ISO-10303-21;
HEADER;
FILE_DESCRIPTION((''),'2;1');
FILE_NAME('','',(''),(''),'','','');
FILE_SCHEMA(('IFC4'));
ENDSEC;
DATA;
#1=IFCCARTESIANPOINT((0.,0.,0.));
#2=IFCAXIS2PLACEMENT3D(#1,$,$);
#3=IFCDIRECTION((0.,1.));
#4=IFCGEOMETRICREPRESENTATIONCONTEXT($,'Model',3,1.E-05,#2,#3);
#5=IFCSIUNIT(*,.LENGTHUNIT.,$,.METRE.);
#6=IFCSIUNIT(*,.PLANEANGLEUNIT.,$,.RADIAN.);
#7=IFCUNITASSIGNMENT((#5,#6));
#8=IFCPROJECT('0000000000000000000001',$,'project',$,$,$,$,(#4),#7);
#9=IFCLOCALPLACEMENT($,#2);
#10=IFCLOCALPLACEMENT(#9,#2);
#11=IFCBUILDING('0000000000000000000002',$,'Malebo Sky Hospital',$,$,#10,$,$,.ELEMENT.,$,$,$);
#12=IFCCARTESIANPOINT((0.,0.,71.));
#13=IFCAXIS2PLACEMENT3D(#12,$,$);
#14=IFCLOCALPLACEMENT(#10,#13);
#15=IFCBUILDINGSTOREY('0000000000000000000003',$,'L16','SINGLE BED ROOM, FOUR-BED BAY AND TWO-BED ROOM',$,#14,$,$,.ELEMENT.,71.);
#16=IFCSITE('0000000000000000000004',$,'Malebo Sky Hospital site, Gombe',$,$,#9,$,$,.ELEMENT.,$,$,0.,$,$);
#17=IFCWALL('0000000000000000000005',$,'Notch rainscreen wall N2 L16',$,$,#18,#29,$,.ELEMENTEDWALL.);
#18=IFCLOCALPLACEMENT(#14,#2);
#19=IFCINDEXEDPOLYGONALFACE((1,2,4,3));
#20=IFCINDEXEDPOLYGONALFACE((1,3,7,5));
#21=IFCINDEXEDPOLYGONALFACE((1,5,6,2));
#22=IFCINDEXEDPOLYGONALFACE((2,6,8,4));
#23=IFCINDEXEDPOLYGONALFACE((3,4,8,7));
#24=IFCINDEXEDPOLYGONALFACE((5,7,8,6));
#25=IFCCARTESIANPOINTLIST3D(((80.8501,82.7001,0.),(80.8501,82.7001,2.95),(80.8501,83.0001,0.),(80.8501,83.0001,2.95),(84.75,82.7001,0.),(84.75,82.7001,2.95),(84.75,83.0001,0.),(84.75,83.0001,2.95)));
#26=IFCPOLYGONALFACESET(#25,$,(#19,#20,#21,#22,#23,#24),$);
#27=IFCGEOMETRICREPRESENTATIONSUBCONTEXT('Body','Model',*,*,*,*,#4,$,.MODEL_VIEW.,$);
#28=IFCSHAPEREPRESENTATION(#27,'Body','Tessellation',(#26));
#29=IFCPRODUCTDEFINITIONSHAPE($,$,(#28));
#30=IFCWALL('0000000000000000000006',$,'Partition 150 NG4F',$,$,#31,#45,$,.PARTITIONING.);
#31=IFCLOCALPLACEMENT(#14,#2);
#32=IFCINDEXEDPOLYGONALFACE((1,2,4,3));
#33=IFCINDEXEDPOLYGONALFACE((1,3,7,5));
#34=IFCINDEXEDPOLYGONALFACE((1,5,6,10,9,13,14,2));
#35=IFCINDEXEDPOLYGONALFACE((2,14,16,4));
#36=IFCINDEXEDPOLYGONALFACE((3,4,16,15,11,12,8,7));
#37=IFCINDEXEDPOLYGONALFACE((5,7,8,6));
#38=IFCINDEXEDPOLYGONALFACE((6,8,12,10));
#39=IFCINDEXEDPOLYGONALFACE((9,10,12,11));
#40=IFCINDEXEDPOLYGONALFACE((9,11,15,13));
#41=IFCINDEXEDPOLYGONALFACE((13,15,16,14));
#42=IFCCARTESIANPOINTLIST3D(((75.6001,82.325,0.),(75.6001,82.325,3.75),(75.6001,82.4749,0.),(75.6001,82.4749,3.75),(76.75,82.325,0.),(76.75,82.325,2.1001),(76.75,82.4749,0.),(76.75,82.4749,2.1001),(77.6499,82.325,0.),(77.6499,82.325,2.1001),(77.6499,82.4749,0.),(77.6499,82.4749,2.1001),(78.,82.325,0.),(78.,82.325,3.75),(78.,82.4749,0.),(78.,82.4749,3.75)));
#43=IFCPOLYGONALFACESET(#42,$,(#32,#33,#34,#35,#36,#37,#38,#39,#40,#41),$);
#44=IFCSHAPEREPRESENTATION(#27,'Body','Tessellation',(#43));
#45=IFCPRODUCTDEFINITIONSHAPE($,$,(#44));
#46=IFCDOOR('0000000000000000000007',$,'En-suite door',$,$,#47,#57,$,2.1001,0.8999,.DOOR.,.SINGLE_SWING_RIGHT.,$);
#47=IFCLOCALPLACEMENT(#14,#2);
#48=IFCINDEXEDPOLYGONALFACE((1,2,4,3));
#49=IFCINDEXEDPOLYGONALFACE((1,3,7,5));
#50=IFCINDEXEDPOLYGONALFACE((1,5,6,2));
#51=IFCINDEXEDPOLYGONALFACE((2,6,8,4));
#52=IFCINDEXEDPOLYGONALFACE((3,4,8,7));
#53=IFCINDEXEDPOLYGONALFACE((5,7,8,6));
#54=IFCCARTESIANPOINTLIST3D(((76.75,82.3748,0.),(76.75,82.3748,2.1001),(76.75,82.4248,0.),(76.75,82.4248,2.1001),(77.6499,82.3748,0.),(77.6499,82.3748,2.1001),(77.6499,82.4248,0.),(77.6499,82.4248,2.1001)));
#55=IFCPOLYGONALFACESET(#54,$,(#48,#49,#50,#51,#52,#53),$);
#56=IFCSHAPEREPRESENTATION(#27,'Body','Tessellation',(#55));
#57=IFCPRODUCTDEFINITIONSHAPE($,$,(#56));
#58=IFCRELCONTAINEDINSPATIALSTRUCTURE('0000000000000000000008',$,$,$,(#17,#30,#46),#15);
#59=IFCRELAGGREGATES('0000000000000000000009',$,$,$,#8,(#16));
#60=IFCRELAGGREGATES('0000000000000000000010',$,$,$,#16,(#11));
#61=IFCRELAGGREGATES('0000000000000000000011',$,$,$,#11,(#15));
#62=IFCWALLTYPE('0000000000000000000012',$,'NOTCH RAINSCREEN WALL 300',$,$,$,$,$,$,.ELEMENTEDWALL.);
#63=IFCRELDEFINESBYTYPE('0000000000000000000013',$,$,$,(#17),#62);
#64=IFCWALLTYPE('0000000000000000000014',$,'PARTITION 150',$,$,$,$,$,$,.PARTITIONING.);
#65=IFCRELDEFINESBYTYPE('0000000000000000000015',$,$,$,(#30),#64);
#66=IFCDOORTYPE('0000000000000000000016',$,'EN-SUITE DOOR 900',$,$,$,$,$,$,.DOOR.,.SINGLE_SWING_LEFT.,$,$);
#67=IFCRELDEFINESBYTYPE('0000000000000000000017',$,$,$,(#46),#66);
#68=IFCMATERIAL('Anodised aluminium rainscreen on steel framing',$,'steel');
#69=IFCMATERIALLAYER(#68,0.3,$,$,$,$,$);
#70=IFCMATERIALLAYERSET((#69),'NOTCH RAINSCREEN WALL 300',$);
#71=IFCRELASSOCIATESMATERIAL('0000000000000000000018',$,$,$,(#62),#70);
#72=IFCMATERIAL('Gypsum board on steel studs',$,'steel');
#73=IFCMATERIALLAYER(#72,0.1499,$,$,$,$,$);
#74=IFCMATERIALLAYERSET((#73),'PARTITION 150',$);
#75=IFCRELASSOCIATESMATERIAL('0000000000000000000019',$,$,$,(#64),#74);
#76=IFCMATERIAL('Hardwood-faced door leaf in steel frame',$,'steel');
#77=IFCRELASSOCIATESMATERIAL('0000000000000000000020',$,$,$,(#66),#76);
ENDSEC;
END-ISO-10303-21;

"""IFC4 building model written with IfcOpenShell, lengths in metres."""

from ifc_helpers import new_model, si_unit, direction, frame, frame_2d, origin, place, context, subcontext, project, spatial, rectangle, extrude, material, layer, layer_set, type_object, element, fill, save


model = new_model("IFC4")

# Units and contexts
model_context = context("Model", 3, precision=1e-05, world=origin(), true_north=direction((0.0, 1.0)))
body_context = subcontext(model_context, "Body", "Model", "MODEL_VIEW")
ifc_project = project(units=[si_unit("LENGTHUNIT", "METRE"), si_unit("PLANEANGLEUNIT", "RADIAN")], contexts=[model_context])

# Site, building, storey
site_placement = place(None, origin())
site = spatial("IfcSite", under=ifc_project, at=site_placement, Name="Malebo Sky Hospital site, Gombe", CompositionType="ELEMENT", RefElevation=0.0)
building_placement = place(site_placement, origin())
building = spatial("IfcBuilding", under=site, at=building_placement, Name="Malebo Sky Hospital", CompositionType="ELEMENT")
storey_placement = place(building_placement, frame((0.0, 0.0, 71.0)))
storey = spatial("IfcBuildingStorey", under=building, at=storey_placement, Name="L16", Description="SINGLE BED ROOM, FOUR-BED BAY AND TWO-BED ROOM", CompositionType="ELEMENT", Elevation=71.0)

# Wall
ifc_material_1 = material(Name="Anodised aluminium rainscreen on steel framing", Category="steel")
ifc_layer_1 = layer(ifc_material_1, 0.3)
ifc_layer_set_1 = layer_set([ifc_layer_1], Name="NOTCH RAINSCREEN WALL 300")
wall_type_1 = type_object("IfcWallType", Name="NOTCH RAINSCREEN WALL 300", PredefinedType="ELEMENTEDWALL", material=ifc_layer_set_1)
for number, where, z_axis, x_axis, name in (
    (1, (80.8501, 82.8501, 0.0), (0.0, 0.0, 1.0), (1.0, 0.0, 0.0), "Notch rainscreen wall N2 L16"),
):
    element("IfcWall", number, at=place(storey_placement, frame(where, z_axis=z_axis, x_axis=x_axis)), inside=storey, type_object=wall_type_1, Name=name, PredefinedType="ELEMENTEDWALL", context=body_context, shape_type="SweptSolid", body=[
        extrude(rectangle(XDim=3.8999, YDim=0.3, at=frame_2d((1.95, 0.0))), origin(), (0.0, 0.0, 1.0), 2.95),
    ])

# Wall, opening, door
ifc_material_2 = material(Name="Gypsum board on steel studs", Category="steel")
ifc_layer_2 = layer(ifc_material_2, 0.1499)
ifc_layer_set_2 = layer_set([ifc_layer_2], Name="PARTITION 150")
wall_type_2 = type_object("IfcWallType", Name="PARTITION 150", PredefinedType="PARTITIONING", material=ifc_layer_set_2)
wall_placement = place(storey_placement, frame((75.6001, 82.3999, 0.0), z_axis=(0.0, 0.0, 1.0), x_axis=(1.0, 0.0, 0.0)))
wall = element("IfcWall", 2, at=wall_placement, inside=storey, type_object=wall_type_2, Name="Partition 150 NG4F", PredefinedType="PARTITIONING", context=body_context, shape_type="SweptSolid", body=[
    extrude(rectangle(XDim=2.3999, YDim=0.1499, at=frame_2d((1.2, 0.0))), origin(), (0.0, 0.0, 1.0), 3.75),
])
opening_placement = place(wall_placement, frame((1.1499, 0.0, 0.0)))
opening = element("IfcOpeningElement", 3, at=opening_placement, cuts=wall, PredefinedType="OPENING", context=body_context, shape_type="SweptSolid", body=[
    extrude(rectangle(XDim=0.8999, YDim=2.1001, at=frame_2d((0.45, 1.05))), frame((0.0, 0.085, 0.0), z_axis=(0.0, -1.0, 0.0), x_axis=(1.0, 0.0, 0.0)), (0.0, 0.0, 1.0), 0.1699),
])
ifc_material_3 = material(Name="Hardwood-faced door leaf in steel frame", Category="steel")
door_type = type_object("IfcDoorType", Name="EN-SUITE DOOR 900", OperationType="SINGLE_SWING_LEFT", PredefinedType="DOOR", material=ifc_material_3)
door_placement = place(opening_placement, origin())
door = element("IfcDoor", 4, at=door_placement, inside=storey, type_object=door_type, Name="En-suite door", OperationType="SINGLE_SWING_RIGHT", OverallHeight=2.1001, OverallWidth=0.8999, PredefinedType="DOOR", context=body_context, shape_type="SweptSolid", body=[
    extrude(rectangle(XDim=0.8999, YDim=2.1001, at=frame_2d((0.45, 1.05))), frame((0.0, 0.0249, 0.0), z_axis=(0.0, -1.0, 0.0), x_axis=(1.0, 0.0, 0.0)), (0.0, 0.0, 1.0), 0.05),
])
fill(opening, door)

save(model, "model.ifc")
